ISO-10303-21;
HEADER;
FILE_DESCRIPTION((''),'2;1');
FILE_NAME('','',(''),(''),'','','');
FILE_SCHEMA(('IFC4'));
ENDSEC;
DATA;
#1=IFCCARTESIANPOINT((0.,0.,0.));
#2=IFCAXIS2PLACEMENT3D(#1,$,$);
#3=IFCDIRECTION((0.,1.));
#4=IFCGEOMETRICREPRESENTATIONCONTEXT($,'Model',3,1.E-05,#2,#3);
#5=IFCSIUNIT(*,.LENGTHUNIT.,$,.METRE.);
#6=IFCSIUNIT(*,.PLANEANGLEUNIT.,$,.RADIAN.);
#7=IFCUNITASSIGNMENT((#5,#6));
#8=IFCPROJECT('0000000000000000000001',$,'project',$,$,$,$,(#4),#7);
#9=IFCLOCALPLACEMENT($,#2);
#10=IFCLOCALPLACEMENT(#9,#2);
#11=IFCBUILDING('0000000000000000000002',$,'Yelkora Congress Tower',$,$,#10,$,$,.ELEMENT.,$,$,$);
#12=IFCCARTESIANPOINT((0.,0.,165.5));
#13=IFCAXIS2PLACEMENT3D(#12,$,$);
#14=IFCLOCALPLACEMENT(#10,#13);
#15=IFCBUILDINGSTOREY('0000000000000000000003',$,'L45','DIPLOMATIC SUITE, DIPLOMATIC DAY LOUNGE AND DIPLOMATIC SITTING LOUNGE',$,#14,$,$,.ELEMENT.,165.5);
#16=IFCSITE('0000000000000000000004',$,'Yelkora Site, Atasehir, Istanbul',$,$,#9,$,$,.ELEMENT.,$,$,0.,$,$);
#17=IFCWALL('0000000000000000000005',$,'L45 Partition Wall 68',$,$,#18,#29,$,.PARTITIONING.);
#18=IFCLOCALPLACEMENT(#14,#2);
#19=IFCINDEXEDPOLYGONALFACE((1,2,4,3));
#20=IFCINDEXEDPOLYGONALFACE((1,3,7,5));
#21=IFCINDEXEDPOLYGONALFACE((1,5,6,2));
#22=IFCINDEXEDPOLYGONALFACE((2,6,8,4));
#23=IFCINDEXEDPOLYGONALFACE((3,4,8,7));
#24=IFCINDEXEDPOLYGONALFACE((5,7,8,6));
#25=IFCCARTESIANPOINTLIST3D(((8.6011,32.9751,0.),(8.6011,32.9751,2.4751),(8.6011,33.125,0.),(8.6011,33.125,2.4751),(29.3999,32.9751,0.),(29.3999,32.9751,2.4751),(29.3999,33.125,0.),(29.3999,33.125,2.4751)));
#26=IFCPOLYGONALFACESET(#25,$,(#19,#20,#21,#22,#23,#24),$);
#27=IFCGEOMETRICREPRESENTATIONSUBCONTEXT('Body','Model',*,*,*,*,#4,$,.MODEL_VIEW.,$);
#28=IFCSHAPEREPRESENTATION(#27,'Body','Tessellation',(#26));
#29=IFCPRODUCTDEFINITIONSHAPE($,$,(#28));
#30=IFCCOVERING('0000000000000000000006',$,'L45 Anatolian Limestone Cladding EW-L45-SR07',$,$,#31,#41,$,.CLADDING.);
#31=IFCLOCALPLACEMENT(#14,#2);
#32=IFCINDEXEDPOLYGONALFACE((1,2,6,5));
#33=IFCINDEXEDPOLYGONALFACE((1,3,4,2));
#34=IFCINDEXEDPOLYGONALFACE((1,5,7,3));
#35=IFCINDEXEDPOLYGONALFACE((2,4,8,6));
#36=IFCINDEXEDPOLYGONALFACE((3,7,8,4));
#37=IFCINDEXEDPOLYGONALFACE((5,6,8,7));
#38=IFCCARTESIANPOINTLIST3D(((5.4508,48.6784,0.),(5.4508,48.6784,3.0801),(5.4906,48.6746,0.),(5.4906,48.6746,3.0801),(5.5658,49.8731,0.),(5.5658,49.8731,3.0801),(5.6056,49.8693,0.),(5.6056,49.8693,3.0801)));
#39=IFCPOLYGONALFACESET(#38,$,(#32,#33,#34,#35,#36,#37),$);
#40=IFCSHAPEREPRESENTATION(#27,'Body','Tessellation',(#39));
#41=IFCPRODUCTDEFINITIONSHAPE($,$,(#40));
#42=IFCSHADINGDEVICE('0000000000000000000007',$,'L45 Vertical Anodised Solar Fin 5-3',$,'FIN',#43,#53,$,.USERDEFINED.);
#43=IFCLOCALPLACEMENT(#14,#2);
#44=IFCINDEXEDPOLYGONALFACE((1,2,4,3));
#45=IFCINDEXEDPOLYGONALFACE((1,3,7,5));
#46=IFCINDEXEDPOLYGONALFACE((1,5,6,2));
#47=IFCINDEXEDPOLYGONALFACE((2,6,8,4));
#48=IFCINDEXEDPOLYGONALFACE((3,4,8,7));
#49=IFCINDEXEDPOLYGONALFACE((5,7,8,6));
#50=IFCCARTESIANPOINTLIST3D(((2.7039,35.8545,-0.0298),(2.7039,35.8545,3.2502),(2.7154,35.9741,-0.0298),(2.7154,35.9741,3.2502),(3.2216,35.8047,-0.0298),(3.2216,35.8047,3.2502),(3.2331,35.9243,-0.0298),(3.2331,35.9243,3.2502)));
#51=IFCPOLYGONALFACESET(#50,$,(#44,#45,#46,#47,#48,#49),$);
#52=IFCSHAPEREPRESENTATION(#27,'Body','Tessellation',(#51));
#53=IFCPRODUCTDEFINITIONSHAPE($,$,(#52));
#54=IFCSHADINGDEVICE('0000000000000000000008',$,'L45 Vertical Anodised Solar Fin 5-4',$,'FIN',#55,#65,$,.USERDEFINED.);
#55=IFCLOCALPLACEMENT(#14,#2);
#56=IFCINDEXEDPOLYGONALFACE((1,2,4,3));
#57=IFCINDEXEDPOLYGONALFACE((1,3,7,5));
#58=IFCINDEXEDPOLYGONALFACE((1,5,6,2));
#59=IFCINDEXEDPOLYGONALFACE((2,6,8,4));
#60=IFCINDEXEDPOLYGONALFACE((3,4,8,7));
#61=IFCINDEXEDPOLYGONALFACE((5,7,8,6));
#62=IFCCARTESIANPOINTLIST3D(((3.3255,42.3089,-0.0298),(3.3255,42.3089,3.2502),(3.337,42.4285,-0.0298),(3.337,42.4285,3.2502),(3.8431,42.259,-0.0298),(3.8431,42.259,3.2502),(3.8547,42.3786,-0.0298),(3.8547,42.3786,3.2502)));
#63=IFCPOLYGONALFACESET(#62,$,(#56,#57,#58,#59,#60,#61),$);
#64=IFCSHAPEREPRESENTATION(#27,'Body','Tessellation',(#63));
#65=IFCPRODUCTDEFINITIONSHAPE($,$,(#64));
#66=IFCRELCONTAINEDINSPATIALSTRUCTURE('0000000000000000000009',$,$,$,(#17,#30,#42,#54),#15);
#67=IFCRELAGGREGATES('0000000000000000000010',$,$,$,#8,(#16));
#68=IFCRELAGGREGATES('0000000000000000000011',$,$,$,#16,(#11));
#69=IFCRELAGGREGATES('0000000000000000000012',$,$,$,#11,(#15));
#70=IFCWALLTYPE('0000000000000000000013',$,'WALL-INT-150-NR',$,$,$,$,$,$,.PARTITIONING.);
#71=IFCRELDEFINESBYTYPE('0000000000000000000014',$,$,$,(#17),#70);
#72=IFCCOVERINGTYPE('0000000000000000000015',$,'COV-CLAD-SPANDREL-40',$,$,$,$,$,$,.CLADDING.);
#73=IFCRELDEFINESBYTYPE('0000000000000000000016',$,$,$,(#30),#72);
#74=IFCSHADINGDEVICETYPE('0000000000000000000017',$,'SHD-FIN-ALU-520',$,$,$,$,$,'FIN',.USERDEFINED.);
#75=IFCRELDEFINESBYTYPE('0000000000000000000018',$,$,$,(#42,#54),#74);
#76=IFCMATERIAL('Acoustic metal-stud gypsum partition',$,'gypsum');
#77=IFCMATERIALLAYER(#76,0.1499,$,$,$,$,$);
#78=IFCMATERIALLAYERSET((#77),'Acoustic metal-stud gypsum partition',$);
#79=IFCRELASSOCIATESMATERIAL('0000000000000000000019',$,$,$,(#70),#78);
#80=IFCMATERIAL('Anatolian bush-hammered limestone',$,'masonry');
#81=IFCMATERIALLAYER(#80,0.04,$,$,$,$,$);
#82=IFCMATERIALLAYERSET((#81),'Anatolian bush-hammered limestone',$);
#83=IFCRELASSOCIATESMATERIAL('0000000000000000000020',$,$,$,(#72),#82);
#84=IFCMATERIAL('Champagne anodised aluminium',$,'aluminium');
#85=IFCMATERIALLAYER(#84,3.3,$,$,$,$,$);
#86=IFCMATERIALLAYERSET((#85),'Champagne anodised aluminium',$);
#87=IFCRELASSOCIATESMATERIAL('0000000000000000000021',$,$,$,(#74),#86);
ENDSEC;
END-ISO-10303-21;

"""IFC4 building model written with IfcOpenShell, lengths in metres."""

from ifc_helpers import new_model, si_unit, direction, frame, frame_2d, origin, origin_2d, place, context, subcontext, project, spatial, rectangle, extrude, material, layer, layer_set, type_object, element, save


model = new_model("IFC4")

# Units and contexts
model_context = context("Model", 3, precision=1e-05, world=origin(), true_north=direction((0.0, 1.0)))
body_context = subcontext(model_context, "Body", "Model", "MODEL_VIEW")
ifc_project = project(units=[si_unit("LENGTHUNIT", "METRE"), si_unit("PLANEANGLEUNIT", "RADIAN")], contexts=[model_context])

# Site, building, storey
site_placement = place(None, origin())
site = spatial("IfcSite", under=ifc_project, at=site_placement, Name="Yelkora Site, Atasehir, Istanbul", CompositionType="ELEMENT", RefElevation=0.0)
building_placement = place(site_placement, origin())
building = spatial("IfcBuilding", under=site, at=building_placement, Name="Yelkora Congress Tower", CompositionType="ELEMENT")
storey_placement = place(building_placement, frame((0.0, 0.0, 165.5)))
storey = spatial("IfcBuildingStorey", under=building, at=storey_placement, Name="L45", Description="DIPLOMATIC SUITE, DIPLOMATIC DAY LOUNGE AND DIPLOMATIC SITTING LOUNGE", CompositionType="ELEMENT", Elevation=165.5)

# Wall
ifc_material_1 = material(Name="Acoustic metal-stud gypsum partition", Category="gypsum")
ifc_layer_1 = layer(ifc_material_1, 0.1499)
ifc_layer_set_1 = layer_set([ifc_layer_1], Name="Acoustic metal-stud gypsum partition")
wall_type_1 = type_object("IfcWallType", Name="WALL-INT-150-NR", PredefinedType="PARTITIONING", material=ifc_layer_set_1)
wall_1_placement = place(storey_placement, frame((8.6011, 33.05, 0.0), z_axis=(0.0, 0.0, 1.0), x_axis=(1.0, 0.0, 0.0)))
element("IfcWall", 1, at=wall_1_placement, inside=storey, type_object=wall_type_1, Name="L45 Partition Wall 68", PredefinedType="PARTITIONING", context=body_context, shape_type="SweptSolid", body=[
    extrude(rectangle(XDim=20.7988, YDim=0.1499, at=frame_2d((10.3994, 0.0))), origin(), (0.0, 0.0, 1.0), 2.4751),
])

# Covering
ifc_material_2 = material(Name="Anatolian bush-hammered limestone", Category="masonry")
ifc_layer_2 = layer(ifc_material_2, 0.04)
ifc_layer_set_2 = layer_set([ifc_layer_2], Name="Anatolian bush-hammered limestone")
covering_type = type_object("IfcCoveringType", Name="COV-CLAD-SPANDREL-40", PredefinedType="CLADDING", material=ifc_layer_set_2)
covering_placement = place(storey_placement, frame((5.4707, 48.6765, 0.0), z_axis=(0.0, 0.0, 1.0), x_axis=(0.095817, 0.995399, 0.0)))
element("IfcCovering", 2, at=covering_placement, inside=storey, type_object=covering_type, Name="L45 Anatolian Limestone Cladding EW-L45-SR07", PredefinedType="CLADDING", context=body_context, shape_type="SweptSolid", body=[
    extrude(rectangle(XDim=1.2002, YDim=0.04, at=frame_2d((0.6001, 0.0))), origin(), (0.0, 0.0, 1.0), 3.0801),
])

# Shading devices
ifc_material_3 = material(Name="Champagne anodised aluminium", Category="aluminium")
ifc_layer_3 = layer(ifc_material_3, 3.3)
ifc_layer_set_3 = layer_set([ifc_layer_3], Name="Champagne anodised aluminium")
shading_device_type = type_object("IfcShadingDeviceType", Name="SHD-FIN-ALU-520", ElementType="FIN", PredefinedType="USERDEFINED", material=ifc_layer_set_3)
for number, where, z_axis, x_axis, name in (
    (3, (2.9685, 35.8894, -0.0298), (0.0, 0.0, 1.0), (0.095846, 0.995396, 0.0), "L45 Vertical Anodised Solar Fin 5-3"),
    (4, (3.5901, 42.3438, -0.0298), (0.0, 0.0, 1.0), (0.095846, 0.995396, 0.0), "L45 Vertical Anodised Solar Fin 5-4"),
):
    element("IfcShadingDevice", number, at=place(storey_placement, frame(where, z_axis=z_axis, x_axis=x_axis)), inside=storey, type_object=shading_device_type, Name=name, ObjectType="FIN", PredefinedType="USERDEFINED", context=body_context, shape_type="SweptSolid", body=[
        extrude(rectangle(XDim=0.1201, YDim=0.52, at=origin_2d()), origin(), (0.0, 0.0, 1.0), 3.28),
    ])

save(model, "model.ifc")
